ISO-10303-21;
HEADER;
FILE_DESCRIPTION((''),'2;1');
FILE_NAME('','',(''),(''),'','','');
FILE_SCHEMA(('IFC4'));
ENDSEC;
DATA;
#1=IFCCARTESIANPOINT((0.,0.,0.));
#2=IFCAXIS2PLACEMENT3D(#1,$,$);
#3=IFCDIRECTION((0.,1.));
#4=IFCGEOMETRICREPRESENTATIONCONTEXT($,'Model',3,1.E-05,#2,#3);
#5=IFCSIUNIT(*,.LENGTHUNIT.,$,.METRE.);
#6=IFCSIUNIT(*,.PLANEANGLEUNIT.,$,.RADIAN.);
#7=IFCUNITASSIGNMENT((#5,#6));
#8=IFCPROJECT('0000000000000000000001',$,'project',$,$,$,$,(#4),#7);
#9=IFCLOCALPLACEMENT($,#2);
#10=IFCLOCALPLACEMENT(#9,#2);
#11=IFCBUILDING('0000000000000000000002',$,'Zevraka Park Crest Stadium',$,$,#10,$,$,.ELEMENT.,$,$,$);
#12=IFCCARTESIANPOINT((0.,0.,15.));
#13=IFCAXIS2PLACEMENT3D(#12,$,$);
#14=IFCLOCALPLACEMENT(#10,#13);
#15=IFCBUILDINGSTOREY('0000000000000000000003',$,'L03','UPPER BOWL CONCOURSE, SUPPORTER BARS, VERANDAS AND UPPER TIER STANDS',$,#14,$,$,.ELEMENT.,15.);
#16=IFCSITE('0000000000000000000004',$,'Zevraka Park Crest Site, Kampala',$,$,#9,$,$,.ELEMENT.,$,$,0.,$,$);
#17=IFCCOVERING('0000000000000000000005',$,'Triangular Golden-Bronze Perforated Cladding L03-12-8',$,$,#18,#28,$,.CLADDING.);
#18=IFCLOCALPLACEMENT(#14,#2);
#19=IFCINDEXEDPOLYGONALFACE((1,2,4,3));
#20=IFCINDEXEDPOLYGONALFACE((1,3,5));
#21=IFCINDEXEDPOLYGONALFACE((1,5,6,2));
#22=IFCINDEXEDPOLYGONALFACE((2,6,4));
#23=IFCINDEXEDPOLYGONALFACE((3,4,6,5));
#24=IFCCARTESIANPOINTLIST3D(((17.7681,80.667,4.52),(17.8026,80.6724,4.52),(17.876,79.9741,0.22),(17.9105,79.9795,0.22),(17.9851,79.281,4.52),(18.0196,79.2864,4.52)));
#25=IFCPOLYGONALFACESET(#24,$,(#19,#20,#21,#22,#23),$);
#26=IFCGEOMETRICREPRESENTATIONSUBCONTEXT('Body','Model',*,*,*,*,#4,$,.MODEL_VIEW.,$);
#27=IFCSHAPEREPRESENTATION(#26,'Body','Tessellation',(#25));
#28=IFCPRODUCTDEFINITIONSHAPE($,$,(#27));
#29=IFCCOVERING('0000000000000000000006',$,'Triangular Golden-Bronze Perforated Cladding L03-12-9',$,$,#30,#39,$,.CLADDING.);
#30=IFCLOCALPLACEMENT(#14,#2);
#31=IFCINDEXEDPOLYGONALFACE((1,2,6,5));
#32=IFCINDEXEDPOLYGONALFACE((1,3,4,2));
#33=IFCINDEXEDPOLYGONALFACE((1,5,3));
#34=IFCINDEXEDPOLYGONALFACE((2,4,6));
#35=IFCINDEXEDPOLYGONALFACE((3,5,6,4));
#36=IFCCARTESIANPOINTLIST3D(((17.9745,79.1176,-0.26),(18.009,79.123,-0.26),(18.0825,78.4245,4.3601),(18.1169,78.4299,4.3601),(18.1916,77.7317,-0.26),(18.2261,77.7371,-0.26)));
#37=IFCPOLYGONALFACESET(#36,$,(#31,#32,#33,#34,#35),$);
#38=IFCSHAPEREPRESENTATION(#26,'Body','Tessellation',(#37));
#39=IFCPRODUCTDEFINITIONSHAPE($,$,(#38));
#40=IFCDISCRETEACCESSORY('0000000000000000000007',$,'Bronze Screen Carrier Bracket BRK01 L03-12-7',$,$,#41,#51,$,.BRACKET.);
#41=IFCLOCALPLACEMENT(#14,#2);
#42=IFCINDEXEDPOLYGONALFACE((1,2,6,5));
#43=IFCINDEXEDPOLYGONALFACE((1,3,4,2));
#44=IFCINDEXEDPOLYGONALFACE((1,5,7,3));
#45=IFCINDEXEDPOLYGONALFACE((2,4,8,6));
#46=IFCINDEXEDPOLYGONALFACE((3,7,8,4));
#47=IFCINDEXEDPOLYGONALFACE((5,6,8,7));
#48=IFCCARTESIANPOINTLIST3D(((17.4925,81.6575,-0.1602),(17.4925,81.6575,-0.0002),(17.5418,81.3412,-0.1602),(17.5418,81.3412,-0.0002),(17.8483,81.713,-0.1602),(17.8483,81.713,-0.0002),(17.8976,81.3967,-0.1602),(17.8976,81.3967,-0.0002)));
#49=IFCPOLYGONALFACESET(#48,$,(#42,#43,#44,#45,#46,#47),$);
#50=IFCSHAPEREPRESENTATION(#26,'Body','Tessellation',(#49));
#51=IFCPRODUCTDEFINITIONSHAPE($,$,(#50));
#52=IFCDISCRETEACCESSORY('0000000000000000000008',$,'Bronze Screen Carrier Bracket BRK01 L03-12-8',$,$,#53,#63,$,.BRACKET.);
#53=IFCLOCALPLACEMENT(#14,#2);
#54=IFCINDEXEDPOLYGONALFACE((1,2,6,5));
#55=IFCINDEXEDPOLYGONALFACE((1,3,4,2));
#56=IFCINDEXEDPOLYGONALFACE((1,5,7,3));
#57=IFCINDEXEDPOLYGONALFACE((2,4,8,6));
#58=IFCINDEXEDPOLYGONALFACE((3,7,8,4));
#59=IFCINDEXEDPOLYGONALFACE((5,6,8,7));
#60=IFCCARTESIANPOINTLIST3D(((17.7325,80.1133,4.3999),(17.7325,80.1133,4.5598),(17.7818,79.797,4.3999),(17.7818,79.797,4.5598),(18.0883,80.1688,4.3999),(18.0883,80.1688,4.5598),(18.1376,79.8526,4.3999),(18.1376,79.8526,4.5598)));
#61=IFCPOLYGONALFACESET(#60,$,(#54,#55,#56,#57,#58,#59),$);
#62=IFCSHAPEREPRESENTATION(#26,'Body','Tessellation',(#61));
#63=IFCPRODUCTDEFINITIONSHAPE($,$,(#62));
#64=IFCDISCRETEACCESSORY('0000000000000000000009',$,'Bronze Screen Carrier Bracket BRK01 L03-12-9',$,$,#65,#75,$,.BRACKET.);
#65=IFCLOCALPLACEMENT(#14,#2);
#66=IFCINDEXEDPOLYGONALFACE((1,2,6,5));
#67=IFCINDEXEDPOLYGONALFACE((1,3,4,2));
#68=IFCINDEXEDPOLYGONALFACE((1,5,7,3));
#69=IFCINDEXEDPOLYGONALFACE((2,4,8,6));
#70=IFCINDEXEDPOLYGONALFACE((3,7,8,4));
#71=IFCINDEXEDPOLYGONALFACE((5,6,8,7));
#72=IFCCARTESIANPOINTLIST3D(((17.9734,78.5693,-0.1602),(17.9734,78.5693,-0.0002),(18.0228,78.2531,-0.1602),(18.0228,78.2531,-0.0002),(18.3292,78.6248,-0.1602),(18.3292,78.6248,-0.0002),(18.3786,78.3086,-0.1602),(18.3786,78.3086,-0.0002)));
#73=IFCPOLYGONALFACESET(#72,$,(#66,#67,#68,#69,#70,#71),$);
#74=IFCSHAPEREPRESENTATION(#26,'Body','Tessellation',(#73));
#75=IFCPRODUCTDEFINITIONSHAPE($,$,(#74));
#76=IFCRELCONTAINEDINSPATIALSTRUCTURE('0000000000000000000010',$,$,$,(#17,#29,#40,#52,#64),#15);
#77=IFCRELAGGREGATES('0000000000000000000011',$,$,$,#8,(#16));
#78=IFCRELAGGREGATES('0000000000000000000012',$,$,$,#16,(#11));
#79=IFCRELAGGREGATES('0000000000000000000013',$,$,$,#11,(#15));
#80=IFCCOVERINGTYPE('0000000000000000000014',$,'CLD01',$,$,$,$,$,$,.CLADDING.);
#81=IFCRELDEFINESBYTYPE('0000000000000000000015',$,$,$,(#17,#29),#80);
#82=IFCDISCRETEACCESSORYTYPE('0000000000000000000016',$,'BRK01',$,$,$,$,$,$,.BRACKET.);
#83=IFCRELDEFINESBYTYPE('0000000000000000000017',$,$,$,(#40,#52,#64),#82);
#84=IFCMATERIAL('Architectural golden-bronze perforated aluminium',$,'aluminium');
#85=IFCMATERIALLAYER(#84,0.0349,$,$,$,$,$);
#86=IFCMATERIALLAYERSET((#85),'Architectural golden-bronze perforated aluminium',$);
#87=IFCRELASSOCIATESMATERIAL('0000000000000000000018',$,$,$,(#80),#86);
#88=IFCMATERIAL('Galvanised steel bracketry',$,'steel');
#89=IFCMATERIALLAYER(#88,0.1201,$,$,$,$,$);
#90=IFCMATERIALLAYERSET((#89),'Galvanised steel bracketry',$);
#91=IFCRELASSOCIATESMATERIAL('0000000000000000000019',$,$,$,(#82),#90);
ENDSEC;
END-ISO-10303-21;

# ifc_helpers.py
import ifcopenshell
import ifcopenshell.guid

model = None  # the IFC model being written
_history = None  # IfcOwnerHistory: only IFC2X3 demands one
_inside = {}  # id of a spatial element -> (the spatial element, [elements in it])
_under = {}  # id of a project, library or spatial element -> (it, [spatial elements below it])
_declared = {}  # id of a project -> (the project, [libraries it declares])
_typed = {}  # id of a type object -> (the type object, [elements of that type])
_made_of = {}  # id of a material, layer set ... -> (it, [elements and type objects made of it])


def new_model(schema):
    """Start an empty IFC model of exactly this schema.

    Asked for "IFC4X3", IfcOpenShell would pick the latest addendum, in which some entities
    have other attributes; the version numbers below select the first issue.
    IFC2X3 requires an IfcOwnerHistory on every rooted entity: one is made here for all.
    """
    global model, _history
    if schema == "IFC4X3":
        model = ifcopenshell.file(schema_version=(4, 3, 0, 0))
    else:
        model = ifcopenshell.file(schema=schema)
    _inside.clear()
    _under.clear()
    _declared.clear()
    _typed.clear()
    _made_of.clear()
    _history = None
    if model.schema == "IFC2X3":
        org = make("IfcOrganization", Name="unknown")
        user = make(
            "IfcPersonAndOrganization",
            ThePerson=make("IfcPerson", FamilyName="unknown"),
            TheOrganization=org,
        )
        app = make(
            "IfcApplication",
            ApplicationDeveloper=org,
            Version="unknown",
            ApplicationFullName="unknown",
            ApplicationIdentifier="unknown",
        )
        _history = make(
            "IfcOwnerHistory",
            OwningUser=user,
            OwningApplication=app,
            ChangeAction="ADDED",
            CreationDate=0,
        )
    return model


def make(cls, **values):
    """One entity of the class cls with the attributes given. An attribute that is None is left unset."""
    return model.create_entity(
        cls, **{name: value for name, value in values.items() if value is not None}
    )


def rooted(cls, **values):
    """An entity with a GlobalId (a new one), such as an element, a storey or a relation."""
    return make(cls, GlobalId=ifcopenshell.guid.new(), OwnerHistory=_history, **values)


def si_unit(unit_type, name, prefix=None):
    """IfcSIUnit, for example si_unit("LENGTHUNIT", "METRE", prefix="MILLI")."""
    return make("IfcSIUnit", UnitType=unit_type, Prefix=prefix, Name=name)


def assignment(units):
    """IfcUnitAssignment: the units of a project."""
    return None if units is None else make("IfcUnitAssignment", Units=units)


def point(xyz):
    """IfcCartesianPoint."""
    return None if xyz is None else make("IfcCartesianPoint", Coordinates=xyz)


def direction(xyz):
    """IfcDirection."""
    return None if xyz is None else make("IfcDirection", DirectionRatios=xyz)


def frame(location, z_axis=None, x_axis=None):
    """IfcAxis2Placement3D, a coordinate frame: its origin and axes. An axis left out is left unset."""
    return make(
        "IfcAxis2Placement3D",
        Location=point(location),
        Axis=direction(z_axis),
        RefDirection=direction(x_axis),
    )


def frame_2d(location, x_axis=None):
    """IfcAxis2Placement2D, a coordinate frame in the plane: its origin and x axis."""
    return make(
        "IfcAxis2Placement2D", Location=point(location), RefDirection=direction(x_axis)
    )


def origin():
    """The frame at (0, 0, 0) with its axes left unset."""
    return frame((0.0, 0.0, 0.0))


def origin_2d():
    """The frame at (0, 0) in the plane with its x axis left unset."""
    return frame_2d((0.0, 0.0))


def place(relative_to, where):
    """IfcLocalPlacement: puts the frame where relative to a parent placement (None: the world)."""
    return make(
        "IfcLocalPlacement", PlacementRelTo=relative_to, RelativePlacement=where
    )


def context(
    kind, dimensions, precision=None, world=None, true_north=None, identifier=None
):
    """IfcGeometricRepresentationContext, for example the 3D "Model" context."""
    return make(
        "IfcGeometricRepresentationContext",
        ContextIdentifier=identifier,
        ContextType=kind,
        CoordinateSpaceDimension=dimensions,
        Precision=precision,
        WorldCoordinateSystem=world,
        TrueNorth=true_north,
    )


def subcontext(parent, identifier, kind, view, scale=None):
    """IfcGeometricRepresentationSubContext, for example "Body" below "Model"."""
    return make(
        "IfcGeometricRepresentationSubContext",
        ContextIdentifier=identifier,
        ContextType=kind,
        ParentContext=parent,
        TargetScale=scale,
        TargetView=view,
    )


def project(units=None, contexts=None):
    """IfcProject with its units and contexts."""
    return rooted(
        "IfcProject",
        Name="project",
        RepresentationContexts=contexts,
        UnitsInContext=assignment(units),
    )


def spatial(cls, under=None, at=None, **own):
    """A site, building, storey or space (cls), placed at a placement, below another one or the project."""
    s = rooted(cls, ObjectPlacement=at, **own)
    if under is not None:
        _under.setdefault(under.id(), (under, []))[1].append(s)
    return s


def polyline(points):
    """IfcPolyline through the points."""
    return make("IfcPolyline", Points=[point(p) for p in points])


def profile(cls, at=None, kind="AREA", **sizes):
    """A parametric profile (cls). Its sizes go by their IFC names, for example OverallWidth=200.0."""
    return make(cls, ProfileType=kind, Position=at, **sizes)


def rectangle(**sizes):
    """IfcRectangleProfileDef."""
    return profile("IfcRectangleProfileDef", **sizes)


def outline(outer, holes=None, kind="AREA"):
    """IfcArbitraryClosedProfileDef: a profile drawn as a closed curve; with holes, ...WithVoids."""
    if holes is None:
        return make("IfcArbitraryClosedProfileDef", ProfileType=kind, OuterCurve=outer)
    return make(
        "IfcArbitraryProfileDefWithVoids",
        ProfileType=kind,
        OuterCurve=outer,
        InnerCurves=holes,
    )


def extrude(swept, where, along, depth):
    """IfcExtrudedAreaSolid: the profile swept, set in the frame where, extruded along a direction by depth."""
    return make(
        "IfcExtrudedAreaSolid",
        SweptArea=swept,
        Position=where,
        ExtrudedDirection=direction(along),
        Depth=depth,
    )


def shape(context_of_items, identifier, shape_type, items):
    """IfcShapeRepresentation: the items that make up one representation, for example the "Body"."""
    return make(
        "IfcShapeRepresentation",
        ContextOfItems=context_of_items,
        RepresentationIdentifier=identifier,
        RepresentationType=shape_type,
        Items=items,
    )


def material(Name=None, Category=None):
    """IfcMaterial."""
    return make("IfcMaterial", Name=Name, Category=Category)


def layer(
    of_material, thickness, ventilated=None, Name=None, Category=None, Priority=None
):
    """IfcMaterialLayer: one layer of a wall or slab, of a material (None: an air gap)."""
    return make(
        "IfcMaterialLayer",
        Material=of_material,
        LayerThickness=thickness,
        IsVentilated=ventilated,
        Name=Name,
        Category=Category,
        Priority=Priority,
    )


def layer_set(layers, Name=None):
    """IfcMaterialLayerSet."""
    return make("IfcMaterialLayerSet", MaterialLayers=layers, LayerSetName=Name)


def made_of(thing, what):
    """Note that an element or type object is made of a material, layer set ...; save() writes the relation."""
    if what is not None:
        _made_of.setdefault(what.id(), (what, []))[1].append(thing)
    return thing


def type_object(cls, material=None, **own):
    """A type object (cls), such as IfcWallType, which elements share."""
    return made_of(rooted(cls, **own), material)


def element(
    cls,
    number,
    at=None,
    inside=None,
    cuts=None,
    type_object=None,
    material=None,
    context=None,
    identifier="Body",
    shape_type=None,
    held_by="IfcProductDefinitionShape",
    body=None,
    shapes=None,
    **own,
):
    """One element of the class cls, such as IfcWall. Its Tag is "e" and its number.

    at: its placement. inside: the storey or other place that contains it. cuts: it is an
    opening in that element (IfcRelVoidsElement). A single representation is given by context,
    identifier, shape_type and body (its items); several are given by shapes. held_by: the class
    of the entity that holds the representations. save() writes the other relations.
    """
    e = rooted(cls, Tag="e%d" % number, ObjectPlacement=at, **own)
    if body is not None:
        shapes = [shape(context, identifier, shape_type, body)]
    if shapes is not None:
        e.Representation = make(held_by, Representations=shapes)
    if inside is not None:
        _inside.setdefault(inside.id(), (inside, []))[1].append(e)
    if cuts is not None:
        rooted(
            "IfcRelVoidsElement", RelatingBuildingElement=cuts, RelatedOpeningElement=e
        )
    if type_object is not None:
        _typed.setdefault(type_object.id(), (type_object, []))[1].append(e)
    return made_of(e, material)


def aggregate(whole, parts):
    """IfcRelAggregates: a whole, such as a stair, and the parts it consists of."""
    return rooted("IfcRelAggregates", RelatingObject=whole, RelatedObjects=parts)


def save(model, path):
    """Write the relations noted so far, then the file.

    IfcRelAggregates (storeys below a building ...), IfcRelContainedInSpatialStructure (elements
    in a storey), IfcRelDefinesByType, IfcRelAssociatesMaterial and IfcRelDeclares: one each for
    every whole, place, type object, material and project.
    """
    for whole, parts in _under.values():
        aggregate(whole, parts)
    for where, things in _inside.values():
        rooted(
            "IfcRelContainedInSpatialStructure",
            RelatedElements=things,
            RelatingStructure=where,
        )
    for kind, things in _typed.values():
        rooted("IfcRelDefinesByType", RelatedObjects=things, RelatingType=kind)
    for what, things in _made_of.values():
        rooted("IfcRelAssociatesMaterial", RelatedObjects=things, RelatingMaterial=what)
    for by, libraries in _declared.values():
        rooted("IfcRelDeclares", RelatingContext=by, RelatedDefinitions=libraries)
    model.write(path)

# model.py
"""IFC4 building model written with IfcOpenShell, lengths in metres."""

from ifc_helpers import new_model, si_unit, direction, frame, origin, origin_2d, place, context, subcontext, project, spatial, polyline, rectangle, outline, extrude, material, layer, layer_set, type_object, element, save


model = new_model("IFC4")

# Units and contexts
model_context = context("Model", 3, precision=1e-05, world=origin(), true_north=direction((0.0, 1.0)))
body_context = subcontext(model_context, "Body", "Model", "MODEL_VIEW")
ifc_project = project(units=[si_unit("LENGTHUNIT", "METRE"), si_unit("PLANEANGLEUNIT", "RADIAN")], contexts=[model_context])

# Site, building, storey
site_placement = place(None, origin())
site = spatial("IfcSite", under=ifc_project, at=site_placement, Name="Zevraka Park Crest Site, Kampala", CompositionType="ELEMENT", RefElevation=0.0)
building_placement = place(site_placement, origin())
building = spatial("IfcBuilding", under=site, at=building_placement, Name="Zevraka Park Crest Stadium", CompositionType="ELEMENT")
storey_placement = place(building_placement, frame((0.0, 0.0, 15.0)))
storey = spatial("IfcBuildingStorey", under=building, at=storey_placement, Name="L03", Description="UPPER BOWL CONCOURSE, SUPPORTER BARS, VERANDAS AND UPPER TIER STANDS", CompositionType="ELEMENT", Elevation=15.0)

# Coverings
ifc_material_1 = material(Name="Architectural golden-bronze perforated aluminium", Category="aluminium")
ifc_layer_1 = layer(ifc_material_1, 0.0349)
ifc_layer_set_1 = layer_set([ifc_layer_1], Name="Architectural golden-bronze perforated aluminium")
covering_type = type_object("IfcCoveringType", Name="CLD01", PredefinedType="CLADDING", material=ifc_layer_set_1)
covering_1_placement = place(storey_placement, frame((17.9851, 79.281, 4.52), z_axis=(-0.98796, -0.154711, 0.000136), x_axis=(-0.154711, 0.98796, 0.0)))
element("IfcCovering", 1, at=covering_1_placement, inside=storey, type_object=covering_type, Name="Triangular Golden-Bronze Perforated Cladding L03-12-8", PredefinedType="CLADDING", context=body_context, shape_type="SweptSolid", body=[
    extrude(outline(polyline([(0.0, 0.0), (1.4029, 0.0), (0.7017, 4.3), (0.0, 0.0)])), origin(), (0.0, 0.0, -1.0), 0.0349),
])
covering_2_placement = place(storey_placement, frame((18.009, 79.123, -0.26), z_axis=(0.98796, 0.154711, 0.000135), x_axis=(0.154711, -0.98796, 0.0)))
element("IfcCovering", 2, at=covering_2_placement, inside=storey, type_object=covering_type, Name="Triangular Golden-Bronze Perforated Cladding L03-12-9", PredefinedType="CLADDING", context=body_context, shape_type="SweptSolid", body=[
    extrude(outline(polyline([(0.0, 0.0), (1.4029, 0.0), (0.7015, -4.6201), (0.0, 0.0)])), origin(), (0.0, 0.0, -1.0), 0.0349),
])

# Discrete accessories
ifc_material_2 = material(Name="Galvanised steel bracketry", Category="steel")
ifc_layer_2 = layer(ifc_material_2, 0.1201)
ifc_layer_set_2 = layer_set([ifc_layer_2], Name="Galvanised steel bracketry")
discrete_accessory_type = type_object("IfcDiscreteAccessoryType", Name="BRK01", PredefinedType="BRACKET", material=ifc_layer_set_2)
for number, where, z_axis, x_axis, name in (
    (3, (17.6951, 81.5271, -0.1602), (0.0, 0.0, 1.0), (0.154193, -0.988041, 0.0), "Bronze Screen Carrier Bracket BRK01 L03-12-7"),
    (4, (17.9351, 79.9829, 4.3999), (0.0, 0.0, 1.0), (0.154193, -0.988041, 0.0), "Bronze Screen Carrier Bracket BRK01 L03-12-8"),
    (5, (18.176, 78.439, -0.1602), (0.0, 0.0, 1.0), (0.154193, -0.988041, 0.0), "Bronze Screen Carrier Bracket BRK01 L03-12-9"),
):
    element("IfcDiscreteAccessory", number, at=place(storey_placement, frame(where, z_axis=z_axis, x_axis=x_axis)), inside=storey, type_object=discrete_accessory_type, Name=name, PredefinedType="BRACKET", context=body_context, shape_type="SweptSolid", body=[
        extrude(rectangle(XDim=0.3201, YDim=0.3601, at=origin_2d()), origin(), (0.0, 0.0, 1.0), 0.1599),
    ])

save(model, "model.ifc")
